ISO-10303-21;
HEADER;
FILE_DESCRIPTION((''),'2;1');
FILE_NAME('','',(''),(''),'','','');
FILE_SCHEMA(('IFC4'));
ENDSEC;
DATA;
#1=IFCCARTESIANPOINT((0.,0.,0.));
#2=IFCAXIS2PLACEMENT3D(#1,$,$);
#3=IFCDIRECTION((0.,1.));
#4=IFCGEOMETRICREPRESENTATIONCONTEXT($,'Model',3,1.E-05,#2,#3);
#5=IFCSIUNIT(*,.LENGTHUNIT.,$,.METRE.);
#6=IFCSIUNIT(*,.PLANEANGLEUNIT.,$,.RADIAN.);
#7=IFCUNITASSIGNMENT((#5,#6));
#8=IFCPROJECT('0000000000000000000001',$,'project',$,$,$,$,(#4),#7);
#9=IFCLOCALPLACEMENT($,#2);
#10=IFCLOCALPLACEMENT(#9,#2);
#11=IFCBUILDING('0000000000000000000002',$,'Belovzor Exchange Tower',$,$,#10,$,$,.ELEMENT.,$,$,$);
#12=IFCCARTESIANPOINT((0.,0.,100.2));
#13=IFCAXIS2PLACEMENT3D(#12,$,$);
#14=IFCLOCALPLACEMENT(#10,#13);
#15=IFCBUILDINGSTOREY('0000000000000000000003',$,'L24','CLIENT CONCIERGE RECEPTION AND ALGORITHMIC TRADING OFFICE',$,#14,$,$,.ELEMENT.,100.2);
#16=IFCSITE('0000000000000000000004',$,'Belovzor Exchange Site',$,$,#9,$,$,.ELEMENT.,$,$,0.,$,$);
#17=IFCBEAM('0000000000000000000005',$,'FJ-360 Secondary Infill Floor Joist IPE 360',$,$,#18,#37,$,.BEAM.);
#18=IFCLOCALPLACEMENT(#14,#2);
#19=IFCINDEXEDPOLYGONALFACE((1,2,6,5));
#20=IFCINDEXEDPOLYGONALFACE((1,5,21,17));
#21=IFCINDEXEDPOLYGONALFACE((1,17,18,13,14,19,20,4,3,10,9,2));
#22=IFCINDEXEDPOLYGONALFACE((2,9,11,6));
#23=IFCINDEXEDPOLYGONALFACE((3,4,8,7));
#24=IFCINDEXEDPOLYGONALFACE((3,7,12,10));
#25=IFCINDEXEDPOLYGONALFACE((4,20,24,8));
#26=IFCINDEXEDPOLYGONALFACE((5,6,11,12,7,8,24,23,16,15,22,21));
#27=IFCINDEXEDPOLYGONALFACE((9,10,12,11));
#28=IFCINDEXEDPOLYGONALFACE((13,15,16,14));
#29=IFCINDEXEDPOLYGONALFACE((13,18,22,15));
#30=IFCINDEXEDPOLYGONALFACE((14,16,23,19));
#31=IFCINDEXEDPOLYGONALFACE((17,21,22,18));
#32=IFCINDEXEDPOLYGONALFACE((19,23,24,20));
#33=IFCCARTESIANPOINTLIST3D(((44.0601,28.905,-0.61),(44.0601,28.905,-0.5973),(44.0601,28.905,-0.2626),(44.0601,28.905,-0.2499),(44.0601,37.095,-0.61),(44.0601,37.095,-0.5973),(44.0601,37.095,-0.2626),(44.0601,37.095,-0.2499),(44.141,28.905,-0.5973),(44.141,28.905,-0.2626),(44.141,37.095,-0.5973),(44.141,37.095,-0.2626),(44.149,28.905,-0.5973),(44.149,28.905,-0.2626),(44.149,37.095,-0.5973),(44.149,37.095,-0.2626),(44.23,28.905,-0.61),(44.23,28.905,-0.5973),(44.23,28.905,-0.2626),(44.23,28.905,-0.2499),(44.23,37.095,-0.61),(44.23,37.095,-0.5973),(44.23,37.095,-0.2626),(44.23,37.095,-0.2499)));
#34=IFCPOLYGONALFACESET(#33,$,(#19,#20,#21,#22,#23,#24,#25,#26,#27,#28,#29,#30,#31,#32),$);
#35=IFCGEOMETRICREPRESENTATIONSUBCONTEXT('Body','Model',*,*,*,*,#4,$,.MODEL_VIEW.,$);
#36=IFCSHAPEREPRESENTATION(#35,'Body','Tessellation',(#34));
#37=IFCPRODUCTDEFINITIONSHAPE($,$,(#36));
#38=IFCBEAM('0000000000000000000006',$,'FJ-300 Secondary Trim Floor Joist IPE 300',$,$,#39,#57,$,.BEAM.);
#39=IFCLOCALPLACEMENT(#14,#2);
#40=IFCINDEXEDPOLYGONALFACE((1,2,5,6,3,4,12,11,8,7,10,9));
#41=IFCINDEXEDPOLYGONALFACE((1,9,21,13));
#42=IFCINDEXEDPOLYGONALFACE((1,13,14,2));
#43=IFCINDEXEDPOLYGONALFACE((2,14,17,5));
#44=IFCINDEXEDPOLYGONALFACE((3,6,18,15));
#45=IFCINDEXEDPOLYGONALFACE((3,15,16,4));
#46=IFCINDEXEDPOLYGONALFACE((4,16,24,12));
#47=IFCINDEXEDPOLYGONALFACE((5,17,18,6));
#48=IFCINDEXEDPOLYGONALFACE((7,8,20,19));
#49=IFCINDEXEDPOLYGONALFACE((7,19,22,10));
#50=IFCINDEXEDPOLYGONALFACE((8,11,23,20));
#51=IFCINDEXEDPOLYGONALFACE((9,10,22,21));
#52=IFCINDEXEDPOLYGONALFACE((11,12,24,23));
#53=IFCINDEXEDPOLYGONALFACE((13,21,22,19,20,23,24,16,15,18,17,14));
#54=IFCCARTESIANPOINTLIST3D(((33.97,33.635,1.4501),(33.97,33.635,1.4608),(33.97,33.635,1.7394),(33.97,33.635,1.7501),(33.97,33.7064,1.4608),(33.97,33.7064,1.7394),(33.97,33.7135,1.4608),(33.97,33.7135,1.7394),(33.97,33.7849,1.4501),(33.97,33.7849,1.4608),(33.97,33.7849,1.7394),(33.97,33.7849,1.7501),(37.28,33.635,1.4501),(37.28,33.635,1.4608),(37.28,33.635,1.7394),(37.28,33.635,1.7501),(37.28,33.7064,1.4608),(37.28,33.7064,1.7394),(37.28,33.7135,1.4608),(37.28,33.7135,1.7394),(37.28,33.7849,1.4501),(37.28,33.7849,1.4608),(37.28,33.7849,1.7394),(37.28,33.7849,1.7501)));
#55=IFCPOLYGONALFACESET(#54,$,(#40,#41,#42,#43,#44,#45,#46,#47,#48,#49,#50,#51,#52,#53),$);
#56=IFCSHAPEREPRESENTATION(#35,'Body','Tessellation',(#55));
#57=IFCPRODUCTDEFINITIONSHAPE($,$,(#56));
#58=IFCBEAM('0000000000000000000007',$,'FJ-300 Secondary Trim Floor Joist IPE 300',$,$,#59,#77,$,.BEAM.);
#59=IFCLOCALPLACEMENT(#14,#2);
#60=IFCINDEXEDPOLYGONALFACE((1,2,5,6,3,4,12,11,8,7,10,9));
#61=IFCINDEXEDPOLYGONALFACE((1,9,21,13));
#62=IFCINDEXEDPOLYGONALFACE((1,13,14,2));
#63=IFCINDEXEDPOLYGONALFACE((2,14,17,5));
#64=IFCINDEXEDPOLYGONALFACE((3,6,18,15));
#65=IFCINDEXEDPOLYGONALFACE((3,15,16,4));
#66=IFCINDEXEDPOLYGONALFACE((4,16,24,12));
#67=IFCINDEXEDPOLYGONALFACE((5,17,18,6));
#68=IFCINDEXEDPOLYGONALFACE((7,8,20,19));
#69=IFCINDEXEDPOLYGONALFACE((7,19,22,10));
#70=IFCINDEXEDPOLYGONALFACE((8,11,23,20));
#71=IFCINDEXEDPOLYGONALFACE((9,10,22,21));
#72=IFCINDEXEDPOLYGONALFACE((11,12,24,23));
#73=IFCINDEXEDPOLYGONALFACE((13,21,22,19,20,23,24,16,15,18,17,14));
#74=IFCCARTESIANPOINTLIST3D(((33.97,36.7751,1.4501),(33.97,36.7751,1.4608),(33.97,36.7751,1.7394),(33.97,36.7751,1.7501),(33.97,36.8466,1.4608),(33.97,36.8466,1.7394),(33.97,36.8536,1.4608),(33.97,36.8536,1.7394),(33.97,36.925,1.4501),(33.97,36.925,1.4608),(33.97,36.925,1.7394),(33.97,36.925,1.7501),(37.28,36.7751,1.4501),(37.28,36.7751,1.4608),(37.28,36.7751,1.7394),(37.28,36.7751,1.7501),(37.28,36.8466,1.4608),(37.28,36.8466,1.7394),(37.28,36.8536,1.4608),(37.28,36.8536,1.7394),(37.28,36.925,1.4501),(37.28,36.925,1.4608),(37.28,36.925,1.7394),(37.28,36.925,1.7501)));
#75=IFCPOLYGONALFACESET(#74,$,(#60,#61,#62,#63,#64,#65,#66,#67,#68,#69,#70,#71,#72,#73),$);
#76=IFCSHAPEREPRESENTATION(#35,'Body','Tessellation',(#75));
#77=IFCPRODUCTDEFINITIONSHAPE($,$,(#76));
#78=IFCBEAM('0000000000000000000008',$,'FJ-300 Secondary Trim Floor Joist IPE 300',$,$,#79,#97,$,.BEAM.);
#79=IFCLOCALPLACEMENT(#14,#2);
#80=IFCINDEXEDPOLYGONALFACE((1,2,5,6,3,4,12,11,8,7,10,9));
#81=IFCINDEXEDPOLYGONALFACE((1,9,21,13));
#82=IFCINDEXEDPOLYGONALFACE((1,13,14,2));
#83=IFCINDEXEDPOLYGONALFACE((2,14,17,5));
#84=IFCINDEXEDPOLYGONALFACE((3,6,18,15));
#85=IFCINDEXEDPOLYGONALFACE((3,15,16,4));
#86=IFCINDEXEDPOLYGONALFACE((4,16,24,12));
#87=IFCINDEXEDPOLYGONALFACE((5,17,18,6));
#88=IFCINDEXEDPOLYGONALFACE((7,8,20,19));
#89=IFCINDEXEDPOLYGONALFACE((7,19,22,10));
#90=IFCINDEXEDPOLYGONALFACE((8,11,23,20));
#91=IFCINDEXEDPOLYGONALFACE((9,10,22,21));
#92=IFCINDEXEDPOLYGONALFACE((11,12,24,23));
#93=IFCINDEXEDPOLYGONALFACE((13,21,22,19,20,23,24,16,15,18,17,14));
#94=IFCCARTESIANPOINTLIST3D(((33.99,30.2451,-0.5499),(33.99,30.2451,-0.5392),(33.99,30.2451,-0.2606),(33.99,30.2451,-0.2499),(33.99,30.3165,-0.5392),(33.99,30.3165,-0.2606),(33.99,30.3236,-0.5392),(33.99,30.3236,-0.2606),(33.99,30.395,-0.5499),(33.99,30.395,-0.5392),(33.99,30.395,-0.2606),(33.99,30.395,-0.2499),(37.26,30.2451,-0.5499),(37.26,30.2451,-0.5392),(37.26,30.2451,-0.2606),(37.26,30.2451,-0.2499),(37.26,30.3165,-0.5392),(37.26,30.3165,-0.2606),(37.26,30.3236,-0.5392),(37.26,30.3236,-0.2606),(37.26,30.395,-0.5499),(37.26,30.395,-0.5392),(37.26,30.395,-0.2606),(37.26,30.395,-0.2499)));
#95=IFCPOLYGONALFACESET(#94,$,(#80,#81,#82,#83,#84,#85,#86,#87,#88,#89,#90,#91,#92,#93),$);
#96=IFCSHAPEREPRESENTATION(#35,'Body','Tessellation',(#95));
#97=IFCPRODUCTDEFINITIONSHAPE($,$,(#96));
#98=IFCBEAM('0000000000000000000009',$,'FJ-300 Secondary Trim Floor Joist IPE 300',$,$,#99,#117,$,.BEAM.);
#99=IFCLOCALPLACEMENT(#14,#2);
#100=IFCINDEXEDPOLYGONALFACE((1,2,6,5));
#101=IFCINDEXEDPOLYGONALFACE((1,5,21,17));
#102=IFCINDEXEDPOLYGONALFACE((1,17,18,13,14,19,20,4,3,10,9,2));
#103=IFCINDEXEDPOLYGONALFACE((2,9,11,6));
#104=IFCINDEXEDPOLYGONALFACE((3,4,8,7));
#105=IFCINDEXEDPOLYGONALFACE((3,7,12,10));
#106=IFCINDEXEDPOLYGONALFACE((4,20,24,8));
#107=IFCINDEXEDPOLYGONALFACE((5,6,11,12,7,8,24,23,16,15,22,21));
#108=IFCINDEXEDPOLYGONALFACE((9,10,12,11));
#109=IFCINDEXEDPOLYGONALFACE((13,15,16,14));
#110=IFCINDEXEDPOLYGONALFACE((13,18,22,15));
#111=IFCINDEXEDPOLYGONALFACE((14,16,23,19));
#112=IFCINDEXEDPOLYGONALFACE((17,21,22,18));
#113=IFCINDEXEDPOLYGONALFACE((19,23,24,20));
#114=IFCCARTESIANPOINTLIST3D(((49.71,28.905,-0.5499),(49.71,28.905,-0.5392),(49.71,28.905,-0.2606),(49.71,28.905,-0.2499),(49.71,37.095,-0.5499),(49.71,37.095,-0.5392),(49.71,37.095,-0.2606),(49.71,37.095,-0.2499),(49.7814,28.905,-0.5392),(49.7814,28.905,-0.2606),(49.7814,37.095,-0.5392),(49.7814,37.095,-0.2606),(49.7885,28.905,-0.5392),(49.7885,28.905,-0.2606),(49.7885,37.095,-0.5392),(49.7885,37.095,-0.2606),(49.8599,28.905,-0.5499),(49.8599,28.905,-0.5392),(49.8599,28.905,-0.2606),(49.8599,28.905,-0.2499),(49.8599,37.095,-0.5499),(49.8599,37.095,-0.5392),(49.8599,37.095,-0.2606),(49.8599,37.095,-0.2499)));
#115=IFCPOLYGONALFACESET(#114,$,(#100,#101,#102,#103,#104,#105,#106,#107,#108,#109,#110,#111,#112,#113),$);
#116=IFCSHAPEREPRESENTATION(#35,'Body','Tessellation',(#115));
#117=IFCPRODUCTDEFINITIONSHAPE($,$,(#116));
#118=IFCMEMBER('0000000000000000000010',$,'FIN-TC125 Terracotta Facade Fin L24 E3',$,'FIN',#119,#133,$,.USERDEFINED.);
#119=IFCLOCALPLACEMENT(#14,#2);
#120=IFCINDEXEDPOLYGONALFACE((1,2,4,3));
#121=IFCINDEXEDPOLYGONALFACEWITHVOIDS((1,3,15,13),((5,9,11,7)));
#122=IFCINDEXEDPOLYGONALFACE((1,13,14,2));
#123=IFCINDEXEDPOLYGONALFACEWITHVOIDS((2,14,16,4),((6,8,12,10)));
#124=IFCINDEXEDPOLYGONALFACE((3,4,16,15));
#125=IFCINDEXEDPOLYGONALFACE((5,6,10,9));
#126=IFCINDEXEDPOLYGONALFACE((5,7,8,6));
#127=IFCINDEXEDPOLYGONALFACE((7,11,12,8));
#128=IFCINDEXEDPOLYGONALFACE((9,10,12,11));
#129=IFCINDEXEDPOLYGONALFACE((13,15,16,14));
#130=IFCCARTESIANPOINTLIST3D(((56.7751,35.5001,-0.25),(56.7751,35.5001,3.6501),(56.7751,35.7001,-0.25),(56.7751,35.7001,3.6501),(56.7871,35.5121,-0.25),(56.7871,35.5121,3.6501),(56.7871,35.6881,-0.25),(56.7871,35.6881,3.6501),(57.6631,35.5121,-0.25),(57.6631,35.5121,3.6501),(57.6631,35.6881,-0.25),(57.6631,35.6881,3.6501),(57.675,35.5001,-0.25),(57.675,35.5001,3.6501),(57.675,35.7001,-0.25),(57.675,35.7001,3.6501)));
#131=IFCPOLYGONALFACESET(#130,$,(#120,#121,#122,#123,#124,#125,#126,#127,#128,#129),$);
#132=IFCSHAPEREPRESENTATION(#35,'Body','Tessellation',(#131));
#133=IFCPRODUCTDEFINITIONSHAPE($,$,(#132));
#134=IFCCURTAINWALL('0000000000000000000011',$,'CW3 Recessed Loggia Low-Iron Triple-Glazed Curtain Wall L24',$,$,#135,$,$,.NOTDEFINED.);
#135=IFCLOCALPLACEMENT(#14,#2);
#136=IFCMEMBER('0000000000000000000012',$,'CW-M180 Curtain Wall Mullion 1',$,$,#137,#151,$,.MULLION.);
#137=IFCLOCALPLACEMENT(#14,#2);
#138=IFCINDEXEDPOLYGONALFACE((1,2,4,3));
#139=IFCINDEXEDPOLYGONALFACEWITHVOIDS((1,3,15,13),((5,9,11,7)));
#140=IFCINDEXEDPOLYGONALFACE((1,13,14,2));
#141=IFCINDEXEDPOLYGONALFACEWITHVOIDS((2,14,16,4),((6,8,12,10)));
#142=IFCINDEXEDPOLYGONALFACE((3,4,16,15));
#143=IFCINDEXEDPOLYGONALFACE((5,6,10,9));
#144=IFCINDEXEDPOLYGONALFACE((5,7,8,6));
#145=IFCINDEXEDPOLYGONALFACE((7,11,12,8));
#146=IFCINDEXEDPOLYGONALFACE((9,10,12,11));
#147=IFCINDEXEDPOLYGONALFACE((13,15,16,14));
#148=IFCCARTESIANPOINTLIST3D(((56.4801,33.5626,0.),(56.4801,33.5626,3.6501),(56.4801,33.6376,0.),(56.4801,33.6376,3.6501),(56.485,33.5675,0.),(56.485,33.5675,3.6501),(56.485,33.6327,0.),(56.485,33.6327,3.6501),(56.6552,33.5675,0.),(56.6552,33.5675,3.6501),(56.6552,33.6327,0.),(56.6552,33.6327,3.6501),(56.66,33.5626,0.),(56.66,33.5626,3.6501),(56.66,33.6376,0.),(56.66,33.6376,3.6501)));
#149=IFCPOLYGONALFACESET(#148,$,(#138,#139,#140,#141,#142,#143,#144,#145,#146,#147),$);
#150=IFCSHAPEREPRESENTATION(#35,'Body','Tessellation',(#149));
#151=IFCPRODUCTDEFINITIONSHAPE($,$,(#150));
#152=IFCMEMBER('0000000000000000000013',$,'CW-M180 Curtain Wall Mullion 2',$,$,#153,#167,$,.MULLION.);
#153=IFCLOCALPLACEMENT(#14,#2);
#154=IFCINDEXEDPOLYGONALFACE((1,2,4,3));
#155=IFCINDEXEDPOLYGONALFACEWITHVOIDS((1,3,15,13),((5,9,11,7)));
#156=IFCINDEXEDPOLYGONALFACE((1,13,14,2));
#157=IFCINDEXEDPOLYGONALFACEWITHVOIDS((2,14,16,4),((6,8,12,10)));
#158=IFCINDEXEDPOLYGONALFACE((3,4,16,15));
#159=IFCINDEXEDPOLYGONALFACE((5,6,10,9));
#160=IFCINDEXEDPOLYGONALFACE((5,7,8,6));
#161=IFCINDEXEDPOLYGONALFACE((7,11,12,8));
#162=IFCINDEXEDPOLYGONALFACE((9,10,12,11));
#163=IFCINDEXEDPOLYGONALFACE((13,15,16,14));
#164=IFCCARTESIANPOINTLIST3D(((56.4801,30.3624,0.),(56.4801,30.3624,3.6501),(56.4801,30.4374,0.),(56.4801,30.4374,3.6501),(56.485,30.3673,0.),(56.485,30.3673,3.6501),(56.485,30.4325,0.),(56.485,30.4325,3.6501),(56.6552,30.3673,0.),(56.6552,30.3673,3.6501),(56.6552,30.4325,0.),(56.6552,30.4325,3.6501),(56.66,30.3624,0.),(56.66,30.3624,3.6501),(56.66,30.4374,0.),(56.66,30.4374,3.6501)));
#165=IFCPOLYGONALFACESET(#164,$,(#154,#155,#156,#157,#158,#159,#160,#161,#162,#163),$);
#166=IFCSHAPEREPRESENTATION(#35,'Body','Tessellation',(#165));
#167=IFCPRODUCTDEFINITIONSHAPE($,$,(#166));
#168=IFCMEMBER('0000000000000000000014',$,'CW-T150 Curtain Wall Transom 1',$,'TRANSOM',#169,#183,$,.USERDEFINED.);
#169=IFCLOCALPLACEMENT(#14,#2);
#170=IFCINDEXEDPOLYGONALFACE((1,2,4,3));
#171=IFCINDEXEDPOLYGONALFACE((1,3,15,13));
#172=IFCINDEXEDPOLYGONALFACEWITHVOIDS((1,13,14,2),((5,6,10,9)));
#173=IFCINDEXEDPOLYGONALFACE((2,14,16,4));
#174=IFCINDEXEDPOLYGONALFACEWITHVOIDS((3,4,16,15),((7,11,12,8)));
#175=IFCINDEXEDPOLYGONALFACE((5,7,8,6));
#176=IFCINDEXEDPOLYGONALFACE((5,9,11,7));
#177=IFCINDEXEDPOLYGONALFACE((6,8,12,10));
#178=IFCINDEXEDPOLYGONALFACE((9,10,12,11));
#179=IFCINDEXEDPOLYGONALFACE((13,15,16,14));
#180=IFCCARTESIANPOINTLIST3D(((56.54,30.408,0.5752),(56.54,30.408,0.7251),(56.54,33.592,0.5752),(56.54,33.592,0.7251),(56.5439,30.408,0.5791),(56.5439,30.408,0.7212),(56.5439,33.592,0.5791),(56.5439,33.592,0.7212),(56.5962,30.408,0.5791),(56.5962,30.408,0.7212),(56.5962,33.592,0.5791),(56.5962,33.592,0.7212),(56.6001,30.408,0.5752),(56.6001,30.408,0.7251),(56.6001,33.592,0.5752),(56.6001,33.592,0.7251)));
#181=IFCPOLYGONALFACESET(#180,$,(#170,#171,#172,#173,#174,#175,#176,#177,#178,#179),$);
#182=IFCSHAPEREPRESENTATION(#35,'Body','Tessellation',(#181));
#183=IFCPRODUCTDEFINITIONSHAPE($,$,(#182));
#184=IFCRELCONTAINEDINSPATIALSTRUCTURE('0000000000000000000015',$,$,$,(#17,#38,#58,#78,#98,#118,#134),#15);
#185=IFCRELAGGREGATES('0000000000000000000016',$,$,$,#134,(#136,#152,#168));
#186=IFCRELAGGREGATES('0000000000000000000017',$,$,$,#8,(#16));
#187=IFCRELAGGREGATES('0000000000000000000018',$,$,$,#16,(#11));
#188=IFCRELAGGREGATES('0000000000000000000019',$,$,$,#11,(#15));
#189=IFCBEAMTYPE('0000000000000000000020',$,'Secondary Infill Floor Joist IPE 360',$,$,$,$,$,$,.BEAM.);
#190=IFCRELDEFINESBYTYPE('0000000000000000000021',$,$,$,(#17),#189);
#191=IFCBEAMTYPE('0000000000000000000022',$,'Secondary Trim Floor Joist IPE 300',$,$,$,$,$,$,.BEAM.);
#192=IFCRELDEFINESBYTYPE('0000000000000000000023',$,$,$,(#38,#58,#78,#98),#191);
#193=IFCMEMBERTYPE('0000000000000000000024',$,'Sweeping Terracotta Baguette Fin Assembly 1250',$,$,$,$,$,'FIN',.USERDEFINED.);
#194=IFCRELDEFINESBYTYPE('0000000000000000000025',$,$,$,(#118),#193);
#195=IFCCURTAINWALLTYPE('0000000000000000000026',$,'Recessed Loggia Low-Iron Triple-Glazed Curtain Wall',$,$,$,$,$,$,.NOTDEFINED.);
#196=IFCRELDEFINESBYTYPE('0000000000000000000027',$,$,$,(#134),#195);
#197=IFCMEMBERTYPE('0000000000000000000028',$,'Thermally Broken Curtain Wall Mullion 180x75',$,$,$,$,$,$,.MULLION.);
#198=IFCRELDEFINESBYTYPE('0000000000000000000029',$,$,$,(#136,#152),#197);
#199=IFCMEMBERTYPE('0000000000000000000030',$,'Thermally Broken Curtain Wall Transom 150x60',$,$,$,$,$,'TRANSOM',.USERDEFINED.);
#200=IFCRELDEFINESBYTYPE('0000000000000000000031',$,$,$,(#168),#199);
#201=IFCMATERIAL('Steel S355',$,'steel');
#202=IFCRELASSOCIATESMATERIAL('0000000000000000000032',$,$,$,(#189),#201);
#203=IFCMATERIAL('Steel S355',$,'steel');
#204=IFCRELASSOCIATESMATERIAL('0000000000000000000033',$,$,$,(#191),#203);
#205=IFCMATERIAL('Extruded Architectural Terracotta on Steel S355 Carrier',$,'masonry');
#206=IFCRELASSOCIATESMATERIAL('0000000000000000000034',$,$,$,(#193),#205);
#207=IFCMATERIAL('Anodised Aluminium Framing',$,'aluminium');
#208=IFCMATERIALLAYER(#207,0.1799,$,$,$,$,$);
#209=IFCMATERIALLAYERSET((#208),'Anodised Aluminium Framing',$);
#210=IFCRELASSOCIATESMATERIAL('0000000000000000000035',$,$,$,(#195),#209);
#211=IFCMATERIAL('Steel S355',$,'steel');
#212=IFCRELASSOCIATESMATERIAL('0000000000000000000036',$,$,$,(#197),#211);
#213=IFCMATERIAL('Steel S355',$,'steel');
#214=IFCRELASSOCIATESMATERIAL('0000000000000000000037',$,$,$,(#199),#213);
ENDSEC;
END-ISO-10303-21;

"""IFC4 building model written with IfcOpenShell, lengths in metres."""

from ifc_helpers import new_model, si_unit, direction, frame, origin, origin_2d, place, context, subcontext, project, spatial, hollow_rectangle, i_section, extrude, material, layer, layer_set, material_profile, profile_set, type_object, element, aggregate, save


model = new_model("IFC4")

# Units and contexts
model_context = context("Model", 3, precision=1e-05, world=origin(), true_north=direction((0.0, 1.0)))
body_context = subcontext(model_context, "Body", "Model", "MODEL_VIEW")
ifc_project = project(units=[si_unit("LENGTHUNIT", "METRE"), si_unit("PLANEANGLEUNIT", "RADIAN")], contexts=[model_context])

# Site, building, storey
site_placement = place(None, origin())
site = spatial("IfcSite", under=ifc_project, at=site_placement, Name="Belovzor Exchange Site", CompositionType="ELEMENT", RefElevation=0.0)
building_placement = place(site_placement, origin())
building = spatial("IfcBuilding", under=site, at=building_placement, Name="Belovzor Exchange Tower", CompositionType="ELEMENT")
storey_placement = place(building_placement, frame((0.0, 0.0, 100.2)))
storey = spatial("IfcBuildingStorey", under=building, at=storey_placement, Name="L24", Description="CLIENT CONCIERGE RECEPTION AND ALGORITHMIC TRADING OFFICE", CompositionType="ELEMENT", Elevation=100.2)

# Beams
ifc_material_1 = material(Name="Steel S355", Category="steel")
ifc_material_profile_1 = material_profile(ifc_material_1, i_section(OverallWidth=0.1699, OverallDepth=0.3601, WebThickness=0.0081, FlangeThickness=0.0127, at=origin_2d()))
ifc_profile_set_1 = profile_set([ifc_material_profile_1], Name="Steel S355")
beam_type_1 = type_object("IfcBeamType", Name="Secondary Infill Floor Joist IPE 360", PredefinedType="BEAM", material=ifc_profile_set_1)
beam_1_placement = place(storey_placement, frame((44.145, 28.905, -0.4299), z_axis=(0.0, 1.0, 0.0), x_axis=(-1.0, 0.0, 0.0)))
element("IfcBeam", 1, at=beam_1_placement, inside=storey, type_object=beam_type_1, Name="FJ-360 Secondary Infill Floor Joist IPE 360", PredefinedType="BEAM", context=body_context, shape_type="SweptSolid", body=[
    extrude(i_section(OverallWidth=0.1699, OverallDepth=0.3601, WebThickness=0.0081, FlangeThickness=0.0127, at=origin_2d()), origin(), (0.0, 0.0, 1.0), 8.1899),
])
ifc_material_2 = material(Name="Steel S355", Category="steel")
ifc_material_profile_2 = material_profile(ifc_material_2, i_section(OverallWidth=0.1499, OverallDepth=0.3, WebThickness=0.0071, FlangeThickness=0.0107, at=origin_2d()))
ifc_profile_set_2 = profile_set([ifc_material_profile_2], Name="Steel S355")
beam_type_2 = type_object("IfcBeamType", Name="Secondary Trim Floor Joist IPE 300", PredefinedType="BEAM", material=ifc_profile_set_2)
for number, where, z_axis, x_axis, name in (
    (2, (37.28, 33.71, 1.6001), (-1.0, 0.0, 0.0), (0.0, -1.0, 0.0), "FJ-300 Secondary Trim Floor Joist IPE 300"),
    (3, (37.28, 36.8501, 1.6001), (-1.0, 0.0, 0.0), (0.0, -1.0, 0.0), "FJ-300 Secondary Trim Floor Joist IPE 300"),
):
    element("IfcBeam", number, at=place(storey_placement, frame(where, z_axis=z_axis, x_axis=x_axis)), inside=storey, type_object=beam_type_2, Name=name, PredefinedType="BEAM", context=body_context, shape_type="SweptSolid", body=[
        extrude(i_section(OverallWidth=0.1499, OverallDepth=0.3, WebThickness=0.0071, FlangeThickness=0.0107, at=origin_2d()), origin(), (0.0, 0.0, 1.0), 3.3101),
    ])
beam_2_placement = place(storey_placement, frame((37.26, 30.3201, -0.3999), z_axis=(-1.0, 0.0, 0.0), x_axis=(0.0, -1.0, 0.0)))
element("IfcBeam", 4, at=beam_2_placement, inside=storey, type_object=beam_type_2, Name="FJ-300 Secondary Trim Floor Joist IPE 300", PredefinedType="BEAM", context=body_context, shape_type="SweptSolid", body=[
    extrude(i_section(OverallWidth=0.1499, OverallDepth=0.3, WebThickness=0.0071, FlangeThickness=0.0107, at=origin_2d()), origin(), (0.0, 0.0, 1.0), 3.27),
])
beam_3_placement = place(storey_placement, frame((49.7849, 28.905, -0.3999), z_axis=(0.0, 1.0, 0.0), x_axis=(-1.0, 0.0, 0.0)))
element("IfcBeam", 5, at=beam_3_placement, inside=storey, type_object=beam_type_2, Name="FJ-300 Secondary Trim Floor Joist IPE 300", PredefinedType="BEAM", context=body_context, shape_type="SweptSolid", body=[
    extrude(i_section(OverallWidth=0.1499, OverallDepth=0.3, WebThickness=0.0071, FlangeThickness=0.0107, at=origin_2d()), origin(), (0.0, 0.0, 1.0), 8.1899),
])

# Member
ifc_material_3 = material(Name="Extruded Architectural Terracotta on Steel S355 Carrier", Category="masonry")
ifc_material_profile_3 = material_profile(ifc_material_3, hollow_rectangle(XDim=0.2, YDim=0.8999, WallThickness=0.012, at=origin_2d()))
ifc_profile_set_3 = profile_set([ifc_material_profile_3], Name="Extruded Architectural Terracotta on Steel S355 Carrier")
member_type_1 = type_object("IfcMemberType", Name="Sweeping Terracotta Baguette Fin Assembly 1250", ElementType="FIN", PredefinedType="USERDEFINED", material=ifc_profile_set_3)
member_1_placement = place(storey_placement, frame((57.2251, 35.6001, -0.25), z_axis=(0.0, 0.0, 1.0), x_axis=(0.0, 1.0, 0.0)))
element("IfcMember", 6, at=member_1_placement, inside=storey, type_object=member_type_1, Name="FIN-TC125 Terracotta Facade Fin L24 E3", ObjectType="FIN", PredefinedType="USERDEFINED", context=body_context, shape_type="SweptSolid", body=[
    extrude(hollow_rectangle(XDim=0.2, YDim=0.8999, WallThickness=0.012, at=origin_2d()), origin(), (0.0, 0.0, 1.0), 3.9001),
])

# Curtain wall, members
ifc_material_4 = material(Name="Anodised Aluminium Framing", Category="aluminium")
ifc_layer_1 = layer(ifc_material_4, 0.1799)
ifc_layer_set_1 = layer_set([ifc_layer_1], Name="Anodised Aluminium Framing")
curtain_wall_type = type_object("IfcCurtainWallType", Name="Recessed Loggia Low-Iron Triple-Glazed Curtain Wall", PredefinedType="NOTDEFINED", material=ifc_layer_set_1)
curtain_wall_placement = place(storey_placement, origin())
curtain_wall = element("IfcCurtainWall", 7, at=curtain_wall_placement, inside=storey, type_object=curtain_wall_type, Name="CW3 Recessed Loggia Low-Iron Triple-Glazed Curtain Wall L24", PredefinedType="NOTDEFINED")
ifc_material_5 = material(Name="Steel S355", Category="steel")
ifc_material_profile_4 = material_profile(ifc_material_5, hollow_rectangle(XDim=0.075, YDim=0.1799, WallThickness=0.0049, at=origin_2d()))
ifc_profile_set_4 = profile_set([ifc_material_profile_4], Name="Steel S355")
member_type_2 = type_object("IfcMemberType", Name="Thermally Broken Curtain Wall Mullion 180x75", PredefinedType="MULLION", material=ifc_profile_set_4)
member_2_placement = place(storey_placement, frame((56.5701, 33.6001, 0.0), z_axis=(0.0, 0.0, 1.0), x_axis=(0.0, -1.0, 0.0)))
member_2 = element("IfcMember", 8, at=member_2_placement, type_object=member_type_2, Name="CW-M180 Curtain Wall Mullion 1", PredefinedType="MULLION", context=body_context, shape_type="SweptSolid", body=[
    extrude(hollow_rectangle(XDim=0.075, YDim=0.1799, WallThickness=0.0049, at=origin_2d()), origin(), (0.0, 0.0, 1.0), 3.6501),
])
member_3_placement = place(storey_placement, frame((56.5701, 30.3999, 0.0), z_axis=(0.0, 0.0, 1.0), x_axis=(0.0, -1.0, 0.0)))
member_3 = element("IfcMember", 9, at=member_3_placement, type_object=member_type_2, Name="CW-M180 Curtain Wall Mullion 2", PredefinedType="MULLION", context=body_context, shape_type="SweptSolid", body=[
    extrude(hollow_rectangle(XDim=0.075, YDim=0.1799, WallThickness=0.0049, at=origin_2d()), origin(), (0.0, 0.0, 1.0), 3.6501),
])
ifc_material_6 = material(Name="Steel S355", Category="steel")
ifc_material_profile_5 = material_profile(ifc_material_6, hollow_rectangle(XDim=0.0601, YDim=0.1499, WallThickness=0.0039, at=origin_2d()))
ifc_profile_set_5 = profile_set([ifc_material_profile_5], Name="Steel S355")
member_type_3 = type_object("IfcMemberType", Name="Thermally Broken Curtain Wall Transom 150x60", ElementType="TRANSOM", PredefinedType="USERDEFINED", material=ifc_profile_set_5)
member_4_placement = place(storey_placement, frame((56.5701, 33.592, 0.6501), z_axis=(0.0, -1.0, 0.0), x_axis=(1.0, 0.0, 0.0)))
member_4 = element("IfcMember", 10, at=member_4_placement, type_object=member_type_3, Name="CW-T150 Curtain Wall Transom 1", ObjectType="TRANSOM", PredefinedType="USERDEFINED", context=body_context, shape_type="SweptSolid", body=[
    extrude(hollow_rectangle(XDim=0.0601, YDim=0.1499, WallThickness=0.0039, at=origin_2d()), origin(), (0.0, 0.0, 1.0), 3.1841),
])

aggregate(curtain_wall, [member_2, member_3, member_4])

save(model, "model.ifc")
